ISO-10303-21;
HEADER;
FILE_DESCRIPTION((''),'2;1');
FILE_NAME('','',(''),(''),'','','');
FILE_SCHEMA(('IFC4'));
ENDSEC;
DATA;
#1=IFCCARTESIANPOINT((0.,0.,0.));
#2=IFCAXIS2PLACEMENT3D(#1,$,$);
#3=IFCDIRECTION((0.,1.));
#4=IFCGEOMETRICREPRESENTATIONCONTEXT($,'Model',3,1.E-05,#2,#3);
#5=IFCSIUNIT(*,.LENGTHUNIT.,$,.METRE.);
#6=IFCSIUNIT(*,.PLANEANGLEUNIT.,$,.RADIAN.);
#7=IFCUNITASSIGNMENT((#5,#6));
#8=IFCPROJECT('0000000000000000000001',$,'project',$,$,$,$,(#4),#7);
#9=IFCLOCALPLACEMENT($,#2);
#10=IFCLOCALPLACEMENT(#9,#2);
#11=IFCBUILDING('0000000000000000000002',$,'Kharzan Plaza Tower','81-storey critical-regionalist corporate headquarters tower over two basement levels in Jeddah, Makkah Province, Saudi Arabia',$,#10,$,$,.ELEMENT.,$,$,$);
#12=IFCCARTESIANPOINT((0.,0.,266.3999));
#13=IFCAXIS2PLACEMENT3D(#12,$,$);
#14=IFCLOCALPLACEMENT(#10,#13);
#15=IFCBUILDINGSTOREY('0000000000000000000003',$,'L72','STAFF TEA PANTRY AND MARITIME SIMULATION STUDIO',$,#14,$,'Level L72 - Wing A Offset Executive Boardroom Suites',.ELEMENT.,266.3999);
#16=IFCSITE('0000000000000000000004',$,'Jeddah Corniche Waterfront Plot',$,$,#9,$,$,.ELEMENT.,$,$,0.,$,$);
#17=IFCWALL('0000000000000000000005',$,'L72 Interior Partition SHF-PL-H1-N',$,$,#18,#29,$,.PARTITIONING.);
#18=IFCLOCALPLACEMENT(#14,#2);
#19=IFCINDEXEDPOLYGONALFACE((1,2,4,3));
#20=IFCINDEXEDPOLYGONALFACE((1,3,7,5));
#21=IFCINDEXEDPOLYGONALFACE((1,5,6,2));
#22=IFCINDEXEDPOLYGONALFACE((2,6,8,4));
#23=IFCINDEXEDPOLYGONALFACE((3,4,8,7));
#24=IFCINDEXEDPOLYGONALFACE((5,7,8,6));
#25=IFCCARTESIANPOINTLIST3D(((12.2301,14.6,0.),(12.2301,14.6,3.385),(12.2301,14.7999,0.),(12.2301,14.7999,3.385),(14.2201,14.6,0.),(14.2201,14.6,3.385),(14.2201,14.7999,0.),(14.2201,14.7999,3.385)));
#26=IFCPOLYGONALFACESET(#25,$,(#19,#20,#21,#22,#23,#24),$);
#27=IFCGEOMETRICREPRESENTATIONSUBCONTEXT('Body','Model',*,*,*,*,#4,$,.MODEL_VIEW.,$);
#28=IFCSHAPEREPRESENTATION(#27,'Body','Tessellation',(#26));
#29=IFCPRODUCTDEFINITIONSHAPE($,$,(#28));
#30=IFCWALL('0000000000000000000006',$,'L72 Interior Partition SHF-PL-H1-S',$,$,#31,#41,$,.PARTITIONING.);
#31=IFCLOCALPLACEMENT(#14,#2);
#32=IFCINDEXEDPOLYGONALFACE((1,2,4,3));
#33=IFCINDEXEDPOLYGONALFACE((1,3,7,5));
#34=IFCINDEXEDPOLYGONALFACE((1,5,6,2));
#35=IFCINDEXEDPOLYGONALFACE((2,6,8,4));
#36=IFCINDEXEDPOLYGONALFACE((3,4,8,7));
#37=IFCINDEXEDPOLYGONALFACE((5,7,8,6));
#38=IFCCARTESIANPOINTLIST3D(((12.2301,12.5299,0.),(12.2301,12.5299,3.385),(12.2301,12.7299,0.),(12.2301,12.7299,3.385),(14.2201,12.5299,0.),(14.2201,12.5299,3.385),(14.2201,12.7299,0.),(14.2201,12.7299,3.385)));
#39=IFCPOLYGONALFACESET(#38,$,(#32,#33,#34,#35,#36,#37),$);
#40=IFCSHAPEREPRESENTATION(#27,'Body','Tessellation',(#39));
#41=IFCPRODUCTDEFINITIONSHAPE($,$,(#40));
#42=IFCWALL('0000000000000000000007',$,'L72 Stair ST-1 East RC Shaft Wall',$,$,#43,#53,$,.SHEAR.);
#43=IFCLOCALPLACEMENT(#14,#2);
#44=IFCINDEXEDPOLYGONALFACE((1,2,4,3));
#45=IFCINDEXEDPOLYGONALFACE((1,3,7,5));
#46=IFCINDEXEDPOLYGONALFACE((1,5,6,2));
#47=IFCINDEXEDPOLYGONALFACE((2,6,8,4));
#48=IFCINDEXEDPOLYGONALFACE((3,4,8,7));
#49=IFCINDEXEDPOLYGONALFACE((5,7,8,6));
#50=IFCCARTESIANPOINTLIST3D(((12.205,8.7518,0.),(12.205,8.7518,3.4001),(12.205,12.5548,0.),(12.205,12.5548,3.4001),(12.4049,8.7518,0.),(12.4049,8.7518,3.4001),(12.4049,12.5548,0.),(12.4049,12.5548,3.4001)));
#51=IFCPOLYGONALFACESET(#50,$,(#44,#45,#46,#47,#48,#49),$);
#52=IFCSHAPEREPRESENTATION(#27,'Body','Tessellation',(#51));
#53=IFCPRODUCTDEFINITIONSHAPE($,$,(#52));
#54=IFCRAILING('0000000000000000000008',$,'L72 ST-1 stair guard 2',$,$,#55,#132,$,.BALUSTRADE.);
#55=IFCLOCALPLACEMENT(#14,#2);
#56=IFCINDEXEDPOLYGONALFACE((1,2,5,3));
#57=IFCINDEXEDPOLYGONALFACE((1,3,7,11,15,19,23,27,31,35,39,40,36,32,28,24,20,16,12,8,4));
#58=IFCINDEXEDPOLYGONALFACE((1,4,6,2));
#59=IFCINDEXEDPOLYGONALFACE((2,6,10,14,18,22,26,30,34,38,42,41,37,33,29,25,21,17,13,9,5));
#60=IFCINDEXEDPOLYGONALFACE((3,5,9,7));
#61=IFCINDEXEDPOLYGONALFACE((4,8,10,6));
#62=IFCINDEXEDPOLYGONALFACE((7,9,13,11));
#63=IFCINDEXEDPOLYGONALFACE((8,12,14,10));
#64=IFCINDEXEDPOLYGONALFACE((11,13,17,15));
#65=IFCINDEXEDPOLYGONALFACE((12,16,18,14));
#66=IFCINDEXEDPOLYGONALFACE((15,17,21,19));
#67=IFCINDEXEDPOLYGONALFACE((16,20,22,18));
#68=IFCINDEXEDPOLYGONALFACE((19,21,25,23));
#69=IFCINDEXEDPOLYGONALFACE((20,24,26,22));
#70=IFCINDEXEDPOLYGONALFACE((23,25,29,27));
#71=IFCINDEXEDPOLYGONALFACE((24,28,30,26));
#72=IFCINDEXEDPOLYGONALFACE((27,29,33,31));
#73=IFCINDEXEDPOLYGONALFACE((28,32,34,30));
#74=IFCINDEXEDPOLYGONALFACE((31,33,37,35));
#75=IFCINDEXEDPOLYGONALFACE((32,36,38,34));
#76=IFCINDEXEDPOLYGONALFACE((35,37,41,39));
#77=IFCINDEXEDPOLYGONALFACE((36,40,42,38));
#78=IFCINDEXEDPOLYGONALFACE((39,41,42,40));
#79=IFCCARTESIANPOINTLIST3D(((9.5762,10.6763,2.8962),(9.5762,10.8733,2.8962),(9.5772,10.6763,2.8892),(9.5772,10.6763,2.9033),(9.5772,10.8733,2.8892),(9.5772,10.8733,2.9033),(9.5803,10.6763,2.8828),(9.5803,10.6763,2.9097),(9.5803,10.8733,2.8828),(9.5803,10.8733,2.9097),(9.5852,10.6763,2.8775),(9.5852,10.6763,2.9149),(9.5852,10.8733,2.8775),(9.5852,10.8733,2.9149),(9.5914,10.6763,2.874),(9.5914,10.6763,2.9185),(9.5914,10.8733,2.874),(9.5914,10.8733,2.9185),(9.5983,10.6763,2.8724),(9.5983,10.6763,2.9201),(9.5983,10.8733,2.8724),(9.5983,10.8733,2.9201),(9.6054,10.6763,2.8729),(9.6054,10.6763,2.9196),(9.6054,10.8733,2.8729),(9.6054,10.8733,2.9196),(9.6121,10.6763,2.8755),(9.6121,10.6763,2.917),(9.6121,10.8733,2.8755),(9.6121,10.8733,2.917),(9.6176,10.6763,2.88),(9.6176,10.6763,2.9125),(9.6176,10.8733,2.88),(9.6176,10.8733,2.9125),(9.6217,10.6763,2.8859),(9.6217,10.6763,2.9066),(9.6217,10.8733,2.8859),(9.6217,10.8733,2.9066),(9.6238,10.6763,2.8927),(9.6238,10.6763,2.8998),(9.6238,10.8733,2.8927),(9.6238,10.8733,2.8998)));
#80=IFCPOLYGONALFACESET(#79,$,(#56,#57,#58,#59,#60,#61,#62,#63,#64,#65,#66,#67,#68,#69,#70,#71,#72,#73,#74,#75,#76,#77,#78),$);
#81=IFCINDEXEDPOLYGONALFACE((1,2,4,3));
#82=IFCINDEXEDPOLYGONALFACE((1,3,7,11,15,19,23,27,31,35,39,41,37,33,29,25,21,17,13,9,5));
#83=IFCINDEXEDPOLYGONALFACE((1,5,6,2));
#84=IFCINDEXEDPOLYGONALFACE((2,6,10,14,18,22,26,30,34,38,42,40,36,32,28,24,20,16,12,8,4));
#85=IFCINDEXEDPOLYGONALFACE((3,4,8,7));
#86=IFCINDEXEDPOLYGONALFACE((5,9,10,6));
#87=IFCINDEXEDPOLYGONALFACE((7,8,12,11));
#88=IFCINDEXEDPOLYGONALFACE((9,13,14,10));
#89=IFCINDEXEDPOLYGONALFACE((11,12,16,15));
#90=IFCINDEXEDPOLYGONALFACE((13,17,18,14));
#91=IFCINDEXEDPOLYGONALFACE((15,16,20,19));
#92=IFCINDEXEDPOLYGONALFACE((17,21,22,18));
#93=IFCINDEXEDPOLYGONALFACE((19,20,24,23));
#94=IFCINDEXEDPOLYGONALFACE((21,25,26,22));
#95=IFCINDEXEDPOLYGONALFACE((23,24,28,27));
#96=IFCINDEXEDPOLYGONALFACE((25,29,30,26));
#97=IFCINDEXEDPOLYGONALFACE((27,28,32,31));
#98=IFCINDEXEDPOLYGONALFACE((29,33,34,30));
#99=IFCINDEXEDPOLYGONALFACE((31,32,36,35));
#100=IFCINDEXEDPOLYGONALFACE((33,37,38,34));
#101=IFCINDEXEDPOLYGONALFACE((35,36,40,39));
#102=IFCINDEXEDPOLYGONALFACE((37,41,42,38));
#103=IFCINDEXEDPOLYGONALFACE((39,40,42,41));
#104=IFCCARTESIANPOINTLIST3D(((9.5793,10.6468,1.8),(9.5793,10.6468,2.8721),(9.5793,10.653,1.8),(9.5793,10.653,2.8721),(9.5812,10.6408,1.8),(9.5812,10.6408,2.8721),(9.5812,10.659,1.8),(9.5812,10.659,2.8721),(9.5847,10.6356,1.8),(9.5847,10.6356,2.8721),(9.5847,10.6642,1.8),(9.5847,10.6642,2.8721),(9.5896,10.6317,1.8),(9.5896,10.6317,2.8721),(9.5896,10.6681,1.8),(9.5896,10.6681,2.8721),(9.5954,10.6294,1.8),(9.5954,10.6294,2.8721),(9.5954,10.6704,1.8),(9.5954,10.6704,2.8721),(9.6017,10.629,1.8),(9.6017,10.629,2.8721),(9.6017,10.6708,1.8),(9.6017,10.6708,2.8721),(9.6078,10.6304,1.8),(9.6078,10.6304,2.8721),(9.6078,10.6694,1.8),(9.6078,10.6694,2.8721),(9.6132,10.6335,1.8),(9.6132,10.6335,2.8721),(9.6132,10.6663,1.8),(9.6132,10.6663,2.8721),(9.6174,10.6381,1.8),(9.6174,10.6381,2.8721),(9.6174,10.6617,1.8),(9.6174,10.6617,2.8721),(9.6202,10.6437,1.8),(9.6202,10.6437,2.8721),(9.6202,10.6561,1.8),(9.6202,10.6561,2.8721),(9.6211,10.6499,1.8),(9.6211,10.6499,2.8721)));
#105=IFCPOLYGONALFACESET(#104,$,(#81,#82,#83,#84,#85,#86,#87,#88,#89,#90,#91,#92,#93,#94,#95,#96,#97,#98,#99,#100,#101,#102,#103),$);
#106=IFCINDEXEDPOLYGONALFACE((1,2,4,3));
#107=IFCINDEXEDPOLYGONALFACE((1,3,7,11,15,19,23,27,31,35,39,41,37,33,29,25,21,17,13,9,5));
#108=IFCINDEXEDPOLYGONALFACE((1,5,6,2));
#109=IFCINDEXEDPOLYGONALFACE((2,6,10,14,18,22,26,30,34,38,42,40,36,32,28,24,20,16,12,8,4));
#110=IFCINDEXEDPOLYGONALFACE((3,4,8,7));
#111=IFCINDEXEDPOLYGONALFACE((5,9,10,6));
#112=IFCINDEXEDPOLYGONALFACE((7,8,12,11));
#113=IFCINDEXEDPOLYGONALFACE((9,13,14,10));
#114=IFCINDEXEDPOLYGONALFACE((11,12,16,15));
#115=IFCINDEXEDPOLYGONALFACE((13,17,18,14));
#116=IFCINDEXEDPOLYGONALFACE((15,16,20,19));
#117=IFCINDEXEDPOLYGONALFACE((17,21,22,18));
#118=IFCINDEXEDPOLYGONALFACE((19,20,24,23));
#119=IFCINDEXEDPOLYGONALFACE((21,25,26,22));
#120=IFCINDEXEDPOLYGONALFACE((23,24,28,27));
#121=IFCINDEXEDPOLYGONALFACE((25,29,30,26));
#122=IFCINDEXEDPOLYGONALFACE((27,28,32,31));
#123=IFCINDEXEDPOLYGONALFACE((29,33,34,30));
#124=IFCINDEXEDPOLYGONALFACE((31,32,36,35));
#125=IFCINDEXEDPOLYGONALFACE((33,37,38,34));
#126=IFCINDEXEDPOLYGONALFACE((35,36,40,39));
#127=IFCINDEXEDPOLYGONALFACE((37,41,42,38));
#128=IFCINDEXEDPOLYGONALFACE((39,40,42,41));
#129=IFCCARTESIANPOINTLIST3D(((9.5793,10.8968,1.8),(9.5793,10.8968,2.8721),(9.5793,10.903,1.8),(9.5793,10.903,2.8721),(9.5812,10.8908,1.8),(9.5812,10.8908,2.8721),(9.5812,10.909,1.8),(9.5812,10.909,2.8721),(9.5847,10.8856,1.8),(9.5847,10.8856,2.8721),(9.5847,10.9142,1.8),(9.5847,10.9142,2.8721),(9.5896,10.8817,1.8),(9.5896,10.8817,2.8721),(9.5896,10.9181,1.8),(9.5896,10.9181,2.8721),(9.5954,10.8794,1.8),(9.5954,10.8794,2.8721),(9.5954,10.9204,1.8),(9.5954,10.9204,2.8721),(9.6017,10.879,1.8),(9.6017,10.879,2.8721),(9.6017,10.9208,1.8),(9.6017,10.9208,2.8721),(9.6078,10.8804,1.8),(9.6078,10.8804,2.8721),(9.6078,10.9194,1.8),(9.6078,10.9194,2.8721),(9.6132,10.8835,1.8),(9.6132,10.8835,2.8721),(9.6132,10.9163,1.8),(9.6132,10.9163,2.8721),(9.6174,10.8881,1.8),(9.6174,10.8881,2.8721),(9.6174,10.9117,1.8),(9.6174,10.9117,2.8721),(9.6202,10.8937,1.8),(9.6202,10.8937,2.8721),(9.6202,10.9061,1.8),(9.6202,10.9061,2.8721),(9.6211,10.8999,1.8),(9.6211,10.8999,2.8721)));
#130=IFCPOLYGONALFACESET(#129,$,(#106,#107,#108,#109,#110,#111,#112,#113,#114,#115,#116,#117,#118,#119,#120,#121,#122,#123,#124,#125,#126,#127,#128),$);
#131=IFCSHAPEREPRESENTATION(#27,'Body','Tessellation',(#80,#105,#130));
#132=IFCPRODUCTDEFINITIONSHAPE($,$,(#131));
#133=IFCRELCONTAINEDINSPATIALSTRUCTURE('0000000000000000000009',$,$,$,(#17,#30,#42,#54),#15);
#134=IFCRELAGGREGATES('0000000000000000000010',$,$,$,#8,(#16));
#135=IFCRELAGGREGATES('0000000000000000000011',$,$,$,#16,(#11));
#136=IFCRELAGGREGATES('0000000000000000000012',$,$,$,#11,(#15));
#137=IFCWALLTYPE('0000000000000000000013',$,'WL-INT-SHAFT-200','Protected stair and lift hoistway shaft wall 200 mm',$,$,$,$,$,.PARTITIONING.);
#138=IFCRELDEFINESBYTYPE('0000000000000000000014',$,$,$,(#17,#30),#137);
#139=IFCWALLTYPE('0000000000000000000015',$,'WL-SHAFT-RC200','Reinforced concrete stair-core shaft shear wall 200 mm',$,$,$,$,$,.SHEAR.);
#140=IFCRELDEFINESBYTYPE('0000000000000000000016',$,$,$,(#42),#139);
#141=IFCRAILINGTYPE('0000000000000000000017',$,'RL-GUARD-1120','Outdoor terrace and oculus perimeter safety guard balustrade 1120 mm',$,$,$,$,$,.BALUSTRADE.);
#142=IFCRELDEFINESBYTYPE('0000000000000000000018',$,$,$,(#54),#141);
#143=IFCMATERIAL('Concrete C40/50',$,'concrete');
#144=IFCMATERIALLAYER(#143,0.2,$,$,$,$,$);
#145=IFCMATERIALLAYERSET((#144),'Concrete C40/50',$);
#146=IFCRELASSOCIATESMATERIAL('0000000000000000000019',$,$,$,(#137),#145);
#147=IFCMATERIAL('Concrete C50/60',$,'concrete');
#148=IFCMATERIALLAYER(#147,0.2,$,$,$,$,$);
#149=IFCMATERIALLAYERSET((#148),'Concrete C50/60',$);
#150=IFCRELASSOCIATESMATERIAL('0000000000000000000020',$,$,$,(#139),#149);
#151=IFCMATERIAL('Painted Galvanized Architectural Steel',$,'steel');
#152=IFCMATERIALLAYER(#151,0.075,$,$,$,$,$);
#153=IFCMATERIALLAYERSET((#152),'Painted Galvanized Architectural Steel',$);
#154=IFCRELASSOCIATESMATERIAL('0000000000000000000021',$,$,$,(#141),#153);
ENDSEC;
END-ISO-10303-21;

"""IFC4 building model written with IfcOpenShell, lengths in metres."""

from ifc_helpers import new_model, si_unit, direction, frame, frame_2d, origin, origin_2d, place, context, subcontext, project, spatial, rectangle, circle, extrude, source, transform, mapped, material, layer, layer_set, type_object, element, save


model = new_model("IFC4")

# Units and contexts
model_context = context("Model", 3, precision=1e-05, world=origin(), true_north=direction((0.0, 1.0)))
body_context = subcontext(model_context, "Body", "Model", "MODEL_VIEW")
ifc_project = project(units=[si_unit("LENGTHUNIT", "METRE"), si_unit("PLANEANGLEUNIT", "RADIAN")], contexts=[model_context])

# Site, building, storey
site_placement = place(None, origin())
site = spatial("IfcSite", under=ifc_project, at=site_placement, Name="Jeddah Corniche Waterfront Plot", CompositionType="ELEMENT", RefElevation=0.0)
building_placement = place(site_placement, origin())
building = spatial("IfcBuilding", under=site, at=building_placement, Name="Kharzan Plaza Tower", Description="81-storey critical-regionalist corporate headquarters tower over two basement levels in Jeddah, Makkah Province, Saudi Arabia", CompositionType="ELEMENT")
storey_placement = place(building_placement, frame((0.0, 0.0, 266.3999)))
storey = spatial("IfcBuildingStorey", under=building, at=storey_placement, Name="L72", Description="STAFF TEA PANTRY AND MARITIME SIMULATION STUDIO", LongName="Level L72 - Wing A Offset Executive Boardroom Suites", CompositionType="ELEMENT", Elevation=266.3999)

# Shared definitions
ifc_material_1 = material(Name="Concrete C40/50", Category="concrete")
ifc_layer_1 = layer(ifc_material_1, 0.2)
ifc_layer_set_1 = layer_set([ifc_layer_1], Name="Concrete C40/50")
wall_type_1 = type_object("IfcWallType", Name="WL-INT-SHAFT-200", Description="Protected stair and lift hoistway shaft wall 200 mm", PredefinedType="PARTITIONING", material=ifc_layer_set_1)

# Walls
ifc_material_2 = material(Name="Concrete C50/60", Category="concrete")
shared_shape_1 = source(origin(), body_context, "Body", "SweptSolid", [
    extrude(rectangle(XDim=1.99, YDim=0.2, at=frame_2d((0.9951, 0.0))), origin(), (0.0, 0.0, 1.0), 3.385),
])
for number, where, z_axis, x_axis, name in (
    (1, (12.23, 14.7, 0.0), (0.0, 0.0, 1.0), (1.0, 0.0, 0.0), "L72 Interior Partition SHF-PL-H1-N"),
    (2, (12.23, 12.6299, 0.0), (0.0, 0.0, 1.0), (1.0, 0.0, 0.0), "L72 Interior Partition SHF-PL-H1-S"),
):
    element("IfcWall", number, at=place(storey_placement, frame(where, z_axis=z_axis, x_axis=x_axis)), inside=storey, type_object=wall_type_1, Name=name, PredefinedType="PARTITIONING", context=body_context, shape_type="MappedRepresentation", body=[
        mapped(shared_shape_1, transform((0.0, 0.0, 0.0), x_axis=(1.0, 0.0, 0.0), y_axis=(0.0, 1.0, 0.0), z_axis=(0.0, 0.0, 1.0))),
    ])
ifc_layer_2 = layer(ifc_material_2, 0.2)
ifc_layer_set_2 = layer_set([ifc_layer_2], Name="Concrete C50/60")
wall_type_2 = type_object("IfcWallType", Name="WL-SHAFT-RC200", Description="Reinforced concrete stair-core shaft shear wall 200 mm", PredefinedType="SHEAR", material=ifc_layer_set_2)
shared_shape_2 = source(origin(), body_context, "Body", "SweptSolid", [
    extrude(rectangle(XDim=3.803, YDim=0.2, at=frame_2d((1.9014, 0.0))), origin(), (0.0, 0.0, 1.0), 3.4001),
])
wall_1_placement = place(storey_placement, frame((12.3049, 8.752, 0.0), z_axis=(0.0, 0.0, 1.0), x_axis=(0.0, 1.0, 0.0)))
element("IfcWall", 3, at=wall_1_placement, inside=storey, type_object=wall_type_2, Name="L72 Stair ST-1 East RC Shaft Wall", PredefinedType="SHEAR", context=body_context, shape_type="MappedRepresentation", body=[
    mapped(shared_shape_2, transform((0.0, 0.0, 0.0), x_axis=(1.0, 0.0, 0.0), y_axis=(0.0, 1.0, 0.0), z_axis=(0.0, 0.0, 1.0))),
])

# Railing
ifc_material_3 = material(Name="Painted Galvanized Architectural Steel", Category="steel")
ifc_layer_3 = layer(ifc_material_3, 0.075)
ifc_layer_set_3 = layer_set([ifc_layer_3], Name="Painted Galvanized Architectural Steel")
railing_type_1 = type_object("IfcRailingType", Name="RL-GUARD-1120", Description="Outdoor terrace and oculus perimeter safety guard balustrade 1120 mm", PredefinedType="BALUSTRADE", material=ifc_layer_set_3)
shared_shape_3 = source(origin(), body_context, "Body", "SweptSolid", [
    extrude(circle(Radius=0.0239, at=origin_2d()), frame((0.0, 0.0264, 1.0962), z_axis=(0.0, 1.0, 0.0), x_axis=(-1.0, 0.0, 0.0)), (0.0, 0.0, 1.0), 0.197),
    extrude(circle(Radius=0.021, at=origin_2d()), origin(), (0.0, 0.0, 1.0), 1.072),
    extrude(circle(Radius=0.021, at=origin_2d()), frame((0.0, 0.25, 0.0)), (0.0, 0.0, 1.0), 1.072),
])
railing_1_placement = place(storey_placement, frame((9.6001, 10.6499, 1.8)))
element("IfcRailing", 4, at=railing_1_placement, inside=storey, type_object=railing_type_1, Name="L72 ST-1 stair guard 2", PredefinedType="BALUSTRADE", context=body_context, shape_type="MappedRepresentation", body=[
    mapped(shared_shape_3, transform((0.0, 0.0, 0.0), x_axis=(1.0, 0.0, 0.0), y_axis=(0.0, 1.0, 0.0), z_axis=(0.0, 0.0, 1.0))),
])

save(model, "model.ifc")
